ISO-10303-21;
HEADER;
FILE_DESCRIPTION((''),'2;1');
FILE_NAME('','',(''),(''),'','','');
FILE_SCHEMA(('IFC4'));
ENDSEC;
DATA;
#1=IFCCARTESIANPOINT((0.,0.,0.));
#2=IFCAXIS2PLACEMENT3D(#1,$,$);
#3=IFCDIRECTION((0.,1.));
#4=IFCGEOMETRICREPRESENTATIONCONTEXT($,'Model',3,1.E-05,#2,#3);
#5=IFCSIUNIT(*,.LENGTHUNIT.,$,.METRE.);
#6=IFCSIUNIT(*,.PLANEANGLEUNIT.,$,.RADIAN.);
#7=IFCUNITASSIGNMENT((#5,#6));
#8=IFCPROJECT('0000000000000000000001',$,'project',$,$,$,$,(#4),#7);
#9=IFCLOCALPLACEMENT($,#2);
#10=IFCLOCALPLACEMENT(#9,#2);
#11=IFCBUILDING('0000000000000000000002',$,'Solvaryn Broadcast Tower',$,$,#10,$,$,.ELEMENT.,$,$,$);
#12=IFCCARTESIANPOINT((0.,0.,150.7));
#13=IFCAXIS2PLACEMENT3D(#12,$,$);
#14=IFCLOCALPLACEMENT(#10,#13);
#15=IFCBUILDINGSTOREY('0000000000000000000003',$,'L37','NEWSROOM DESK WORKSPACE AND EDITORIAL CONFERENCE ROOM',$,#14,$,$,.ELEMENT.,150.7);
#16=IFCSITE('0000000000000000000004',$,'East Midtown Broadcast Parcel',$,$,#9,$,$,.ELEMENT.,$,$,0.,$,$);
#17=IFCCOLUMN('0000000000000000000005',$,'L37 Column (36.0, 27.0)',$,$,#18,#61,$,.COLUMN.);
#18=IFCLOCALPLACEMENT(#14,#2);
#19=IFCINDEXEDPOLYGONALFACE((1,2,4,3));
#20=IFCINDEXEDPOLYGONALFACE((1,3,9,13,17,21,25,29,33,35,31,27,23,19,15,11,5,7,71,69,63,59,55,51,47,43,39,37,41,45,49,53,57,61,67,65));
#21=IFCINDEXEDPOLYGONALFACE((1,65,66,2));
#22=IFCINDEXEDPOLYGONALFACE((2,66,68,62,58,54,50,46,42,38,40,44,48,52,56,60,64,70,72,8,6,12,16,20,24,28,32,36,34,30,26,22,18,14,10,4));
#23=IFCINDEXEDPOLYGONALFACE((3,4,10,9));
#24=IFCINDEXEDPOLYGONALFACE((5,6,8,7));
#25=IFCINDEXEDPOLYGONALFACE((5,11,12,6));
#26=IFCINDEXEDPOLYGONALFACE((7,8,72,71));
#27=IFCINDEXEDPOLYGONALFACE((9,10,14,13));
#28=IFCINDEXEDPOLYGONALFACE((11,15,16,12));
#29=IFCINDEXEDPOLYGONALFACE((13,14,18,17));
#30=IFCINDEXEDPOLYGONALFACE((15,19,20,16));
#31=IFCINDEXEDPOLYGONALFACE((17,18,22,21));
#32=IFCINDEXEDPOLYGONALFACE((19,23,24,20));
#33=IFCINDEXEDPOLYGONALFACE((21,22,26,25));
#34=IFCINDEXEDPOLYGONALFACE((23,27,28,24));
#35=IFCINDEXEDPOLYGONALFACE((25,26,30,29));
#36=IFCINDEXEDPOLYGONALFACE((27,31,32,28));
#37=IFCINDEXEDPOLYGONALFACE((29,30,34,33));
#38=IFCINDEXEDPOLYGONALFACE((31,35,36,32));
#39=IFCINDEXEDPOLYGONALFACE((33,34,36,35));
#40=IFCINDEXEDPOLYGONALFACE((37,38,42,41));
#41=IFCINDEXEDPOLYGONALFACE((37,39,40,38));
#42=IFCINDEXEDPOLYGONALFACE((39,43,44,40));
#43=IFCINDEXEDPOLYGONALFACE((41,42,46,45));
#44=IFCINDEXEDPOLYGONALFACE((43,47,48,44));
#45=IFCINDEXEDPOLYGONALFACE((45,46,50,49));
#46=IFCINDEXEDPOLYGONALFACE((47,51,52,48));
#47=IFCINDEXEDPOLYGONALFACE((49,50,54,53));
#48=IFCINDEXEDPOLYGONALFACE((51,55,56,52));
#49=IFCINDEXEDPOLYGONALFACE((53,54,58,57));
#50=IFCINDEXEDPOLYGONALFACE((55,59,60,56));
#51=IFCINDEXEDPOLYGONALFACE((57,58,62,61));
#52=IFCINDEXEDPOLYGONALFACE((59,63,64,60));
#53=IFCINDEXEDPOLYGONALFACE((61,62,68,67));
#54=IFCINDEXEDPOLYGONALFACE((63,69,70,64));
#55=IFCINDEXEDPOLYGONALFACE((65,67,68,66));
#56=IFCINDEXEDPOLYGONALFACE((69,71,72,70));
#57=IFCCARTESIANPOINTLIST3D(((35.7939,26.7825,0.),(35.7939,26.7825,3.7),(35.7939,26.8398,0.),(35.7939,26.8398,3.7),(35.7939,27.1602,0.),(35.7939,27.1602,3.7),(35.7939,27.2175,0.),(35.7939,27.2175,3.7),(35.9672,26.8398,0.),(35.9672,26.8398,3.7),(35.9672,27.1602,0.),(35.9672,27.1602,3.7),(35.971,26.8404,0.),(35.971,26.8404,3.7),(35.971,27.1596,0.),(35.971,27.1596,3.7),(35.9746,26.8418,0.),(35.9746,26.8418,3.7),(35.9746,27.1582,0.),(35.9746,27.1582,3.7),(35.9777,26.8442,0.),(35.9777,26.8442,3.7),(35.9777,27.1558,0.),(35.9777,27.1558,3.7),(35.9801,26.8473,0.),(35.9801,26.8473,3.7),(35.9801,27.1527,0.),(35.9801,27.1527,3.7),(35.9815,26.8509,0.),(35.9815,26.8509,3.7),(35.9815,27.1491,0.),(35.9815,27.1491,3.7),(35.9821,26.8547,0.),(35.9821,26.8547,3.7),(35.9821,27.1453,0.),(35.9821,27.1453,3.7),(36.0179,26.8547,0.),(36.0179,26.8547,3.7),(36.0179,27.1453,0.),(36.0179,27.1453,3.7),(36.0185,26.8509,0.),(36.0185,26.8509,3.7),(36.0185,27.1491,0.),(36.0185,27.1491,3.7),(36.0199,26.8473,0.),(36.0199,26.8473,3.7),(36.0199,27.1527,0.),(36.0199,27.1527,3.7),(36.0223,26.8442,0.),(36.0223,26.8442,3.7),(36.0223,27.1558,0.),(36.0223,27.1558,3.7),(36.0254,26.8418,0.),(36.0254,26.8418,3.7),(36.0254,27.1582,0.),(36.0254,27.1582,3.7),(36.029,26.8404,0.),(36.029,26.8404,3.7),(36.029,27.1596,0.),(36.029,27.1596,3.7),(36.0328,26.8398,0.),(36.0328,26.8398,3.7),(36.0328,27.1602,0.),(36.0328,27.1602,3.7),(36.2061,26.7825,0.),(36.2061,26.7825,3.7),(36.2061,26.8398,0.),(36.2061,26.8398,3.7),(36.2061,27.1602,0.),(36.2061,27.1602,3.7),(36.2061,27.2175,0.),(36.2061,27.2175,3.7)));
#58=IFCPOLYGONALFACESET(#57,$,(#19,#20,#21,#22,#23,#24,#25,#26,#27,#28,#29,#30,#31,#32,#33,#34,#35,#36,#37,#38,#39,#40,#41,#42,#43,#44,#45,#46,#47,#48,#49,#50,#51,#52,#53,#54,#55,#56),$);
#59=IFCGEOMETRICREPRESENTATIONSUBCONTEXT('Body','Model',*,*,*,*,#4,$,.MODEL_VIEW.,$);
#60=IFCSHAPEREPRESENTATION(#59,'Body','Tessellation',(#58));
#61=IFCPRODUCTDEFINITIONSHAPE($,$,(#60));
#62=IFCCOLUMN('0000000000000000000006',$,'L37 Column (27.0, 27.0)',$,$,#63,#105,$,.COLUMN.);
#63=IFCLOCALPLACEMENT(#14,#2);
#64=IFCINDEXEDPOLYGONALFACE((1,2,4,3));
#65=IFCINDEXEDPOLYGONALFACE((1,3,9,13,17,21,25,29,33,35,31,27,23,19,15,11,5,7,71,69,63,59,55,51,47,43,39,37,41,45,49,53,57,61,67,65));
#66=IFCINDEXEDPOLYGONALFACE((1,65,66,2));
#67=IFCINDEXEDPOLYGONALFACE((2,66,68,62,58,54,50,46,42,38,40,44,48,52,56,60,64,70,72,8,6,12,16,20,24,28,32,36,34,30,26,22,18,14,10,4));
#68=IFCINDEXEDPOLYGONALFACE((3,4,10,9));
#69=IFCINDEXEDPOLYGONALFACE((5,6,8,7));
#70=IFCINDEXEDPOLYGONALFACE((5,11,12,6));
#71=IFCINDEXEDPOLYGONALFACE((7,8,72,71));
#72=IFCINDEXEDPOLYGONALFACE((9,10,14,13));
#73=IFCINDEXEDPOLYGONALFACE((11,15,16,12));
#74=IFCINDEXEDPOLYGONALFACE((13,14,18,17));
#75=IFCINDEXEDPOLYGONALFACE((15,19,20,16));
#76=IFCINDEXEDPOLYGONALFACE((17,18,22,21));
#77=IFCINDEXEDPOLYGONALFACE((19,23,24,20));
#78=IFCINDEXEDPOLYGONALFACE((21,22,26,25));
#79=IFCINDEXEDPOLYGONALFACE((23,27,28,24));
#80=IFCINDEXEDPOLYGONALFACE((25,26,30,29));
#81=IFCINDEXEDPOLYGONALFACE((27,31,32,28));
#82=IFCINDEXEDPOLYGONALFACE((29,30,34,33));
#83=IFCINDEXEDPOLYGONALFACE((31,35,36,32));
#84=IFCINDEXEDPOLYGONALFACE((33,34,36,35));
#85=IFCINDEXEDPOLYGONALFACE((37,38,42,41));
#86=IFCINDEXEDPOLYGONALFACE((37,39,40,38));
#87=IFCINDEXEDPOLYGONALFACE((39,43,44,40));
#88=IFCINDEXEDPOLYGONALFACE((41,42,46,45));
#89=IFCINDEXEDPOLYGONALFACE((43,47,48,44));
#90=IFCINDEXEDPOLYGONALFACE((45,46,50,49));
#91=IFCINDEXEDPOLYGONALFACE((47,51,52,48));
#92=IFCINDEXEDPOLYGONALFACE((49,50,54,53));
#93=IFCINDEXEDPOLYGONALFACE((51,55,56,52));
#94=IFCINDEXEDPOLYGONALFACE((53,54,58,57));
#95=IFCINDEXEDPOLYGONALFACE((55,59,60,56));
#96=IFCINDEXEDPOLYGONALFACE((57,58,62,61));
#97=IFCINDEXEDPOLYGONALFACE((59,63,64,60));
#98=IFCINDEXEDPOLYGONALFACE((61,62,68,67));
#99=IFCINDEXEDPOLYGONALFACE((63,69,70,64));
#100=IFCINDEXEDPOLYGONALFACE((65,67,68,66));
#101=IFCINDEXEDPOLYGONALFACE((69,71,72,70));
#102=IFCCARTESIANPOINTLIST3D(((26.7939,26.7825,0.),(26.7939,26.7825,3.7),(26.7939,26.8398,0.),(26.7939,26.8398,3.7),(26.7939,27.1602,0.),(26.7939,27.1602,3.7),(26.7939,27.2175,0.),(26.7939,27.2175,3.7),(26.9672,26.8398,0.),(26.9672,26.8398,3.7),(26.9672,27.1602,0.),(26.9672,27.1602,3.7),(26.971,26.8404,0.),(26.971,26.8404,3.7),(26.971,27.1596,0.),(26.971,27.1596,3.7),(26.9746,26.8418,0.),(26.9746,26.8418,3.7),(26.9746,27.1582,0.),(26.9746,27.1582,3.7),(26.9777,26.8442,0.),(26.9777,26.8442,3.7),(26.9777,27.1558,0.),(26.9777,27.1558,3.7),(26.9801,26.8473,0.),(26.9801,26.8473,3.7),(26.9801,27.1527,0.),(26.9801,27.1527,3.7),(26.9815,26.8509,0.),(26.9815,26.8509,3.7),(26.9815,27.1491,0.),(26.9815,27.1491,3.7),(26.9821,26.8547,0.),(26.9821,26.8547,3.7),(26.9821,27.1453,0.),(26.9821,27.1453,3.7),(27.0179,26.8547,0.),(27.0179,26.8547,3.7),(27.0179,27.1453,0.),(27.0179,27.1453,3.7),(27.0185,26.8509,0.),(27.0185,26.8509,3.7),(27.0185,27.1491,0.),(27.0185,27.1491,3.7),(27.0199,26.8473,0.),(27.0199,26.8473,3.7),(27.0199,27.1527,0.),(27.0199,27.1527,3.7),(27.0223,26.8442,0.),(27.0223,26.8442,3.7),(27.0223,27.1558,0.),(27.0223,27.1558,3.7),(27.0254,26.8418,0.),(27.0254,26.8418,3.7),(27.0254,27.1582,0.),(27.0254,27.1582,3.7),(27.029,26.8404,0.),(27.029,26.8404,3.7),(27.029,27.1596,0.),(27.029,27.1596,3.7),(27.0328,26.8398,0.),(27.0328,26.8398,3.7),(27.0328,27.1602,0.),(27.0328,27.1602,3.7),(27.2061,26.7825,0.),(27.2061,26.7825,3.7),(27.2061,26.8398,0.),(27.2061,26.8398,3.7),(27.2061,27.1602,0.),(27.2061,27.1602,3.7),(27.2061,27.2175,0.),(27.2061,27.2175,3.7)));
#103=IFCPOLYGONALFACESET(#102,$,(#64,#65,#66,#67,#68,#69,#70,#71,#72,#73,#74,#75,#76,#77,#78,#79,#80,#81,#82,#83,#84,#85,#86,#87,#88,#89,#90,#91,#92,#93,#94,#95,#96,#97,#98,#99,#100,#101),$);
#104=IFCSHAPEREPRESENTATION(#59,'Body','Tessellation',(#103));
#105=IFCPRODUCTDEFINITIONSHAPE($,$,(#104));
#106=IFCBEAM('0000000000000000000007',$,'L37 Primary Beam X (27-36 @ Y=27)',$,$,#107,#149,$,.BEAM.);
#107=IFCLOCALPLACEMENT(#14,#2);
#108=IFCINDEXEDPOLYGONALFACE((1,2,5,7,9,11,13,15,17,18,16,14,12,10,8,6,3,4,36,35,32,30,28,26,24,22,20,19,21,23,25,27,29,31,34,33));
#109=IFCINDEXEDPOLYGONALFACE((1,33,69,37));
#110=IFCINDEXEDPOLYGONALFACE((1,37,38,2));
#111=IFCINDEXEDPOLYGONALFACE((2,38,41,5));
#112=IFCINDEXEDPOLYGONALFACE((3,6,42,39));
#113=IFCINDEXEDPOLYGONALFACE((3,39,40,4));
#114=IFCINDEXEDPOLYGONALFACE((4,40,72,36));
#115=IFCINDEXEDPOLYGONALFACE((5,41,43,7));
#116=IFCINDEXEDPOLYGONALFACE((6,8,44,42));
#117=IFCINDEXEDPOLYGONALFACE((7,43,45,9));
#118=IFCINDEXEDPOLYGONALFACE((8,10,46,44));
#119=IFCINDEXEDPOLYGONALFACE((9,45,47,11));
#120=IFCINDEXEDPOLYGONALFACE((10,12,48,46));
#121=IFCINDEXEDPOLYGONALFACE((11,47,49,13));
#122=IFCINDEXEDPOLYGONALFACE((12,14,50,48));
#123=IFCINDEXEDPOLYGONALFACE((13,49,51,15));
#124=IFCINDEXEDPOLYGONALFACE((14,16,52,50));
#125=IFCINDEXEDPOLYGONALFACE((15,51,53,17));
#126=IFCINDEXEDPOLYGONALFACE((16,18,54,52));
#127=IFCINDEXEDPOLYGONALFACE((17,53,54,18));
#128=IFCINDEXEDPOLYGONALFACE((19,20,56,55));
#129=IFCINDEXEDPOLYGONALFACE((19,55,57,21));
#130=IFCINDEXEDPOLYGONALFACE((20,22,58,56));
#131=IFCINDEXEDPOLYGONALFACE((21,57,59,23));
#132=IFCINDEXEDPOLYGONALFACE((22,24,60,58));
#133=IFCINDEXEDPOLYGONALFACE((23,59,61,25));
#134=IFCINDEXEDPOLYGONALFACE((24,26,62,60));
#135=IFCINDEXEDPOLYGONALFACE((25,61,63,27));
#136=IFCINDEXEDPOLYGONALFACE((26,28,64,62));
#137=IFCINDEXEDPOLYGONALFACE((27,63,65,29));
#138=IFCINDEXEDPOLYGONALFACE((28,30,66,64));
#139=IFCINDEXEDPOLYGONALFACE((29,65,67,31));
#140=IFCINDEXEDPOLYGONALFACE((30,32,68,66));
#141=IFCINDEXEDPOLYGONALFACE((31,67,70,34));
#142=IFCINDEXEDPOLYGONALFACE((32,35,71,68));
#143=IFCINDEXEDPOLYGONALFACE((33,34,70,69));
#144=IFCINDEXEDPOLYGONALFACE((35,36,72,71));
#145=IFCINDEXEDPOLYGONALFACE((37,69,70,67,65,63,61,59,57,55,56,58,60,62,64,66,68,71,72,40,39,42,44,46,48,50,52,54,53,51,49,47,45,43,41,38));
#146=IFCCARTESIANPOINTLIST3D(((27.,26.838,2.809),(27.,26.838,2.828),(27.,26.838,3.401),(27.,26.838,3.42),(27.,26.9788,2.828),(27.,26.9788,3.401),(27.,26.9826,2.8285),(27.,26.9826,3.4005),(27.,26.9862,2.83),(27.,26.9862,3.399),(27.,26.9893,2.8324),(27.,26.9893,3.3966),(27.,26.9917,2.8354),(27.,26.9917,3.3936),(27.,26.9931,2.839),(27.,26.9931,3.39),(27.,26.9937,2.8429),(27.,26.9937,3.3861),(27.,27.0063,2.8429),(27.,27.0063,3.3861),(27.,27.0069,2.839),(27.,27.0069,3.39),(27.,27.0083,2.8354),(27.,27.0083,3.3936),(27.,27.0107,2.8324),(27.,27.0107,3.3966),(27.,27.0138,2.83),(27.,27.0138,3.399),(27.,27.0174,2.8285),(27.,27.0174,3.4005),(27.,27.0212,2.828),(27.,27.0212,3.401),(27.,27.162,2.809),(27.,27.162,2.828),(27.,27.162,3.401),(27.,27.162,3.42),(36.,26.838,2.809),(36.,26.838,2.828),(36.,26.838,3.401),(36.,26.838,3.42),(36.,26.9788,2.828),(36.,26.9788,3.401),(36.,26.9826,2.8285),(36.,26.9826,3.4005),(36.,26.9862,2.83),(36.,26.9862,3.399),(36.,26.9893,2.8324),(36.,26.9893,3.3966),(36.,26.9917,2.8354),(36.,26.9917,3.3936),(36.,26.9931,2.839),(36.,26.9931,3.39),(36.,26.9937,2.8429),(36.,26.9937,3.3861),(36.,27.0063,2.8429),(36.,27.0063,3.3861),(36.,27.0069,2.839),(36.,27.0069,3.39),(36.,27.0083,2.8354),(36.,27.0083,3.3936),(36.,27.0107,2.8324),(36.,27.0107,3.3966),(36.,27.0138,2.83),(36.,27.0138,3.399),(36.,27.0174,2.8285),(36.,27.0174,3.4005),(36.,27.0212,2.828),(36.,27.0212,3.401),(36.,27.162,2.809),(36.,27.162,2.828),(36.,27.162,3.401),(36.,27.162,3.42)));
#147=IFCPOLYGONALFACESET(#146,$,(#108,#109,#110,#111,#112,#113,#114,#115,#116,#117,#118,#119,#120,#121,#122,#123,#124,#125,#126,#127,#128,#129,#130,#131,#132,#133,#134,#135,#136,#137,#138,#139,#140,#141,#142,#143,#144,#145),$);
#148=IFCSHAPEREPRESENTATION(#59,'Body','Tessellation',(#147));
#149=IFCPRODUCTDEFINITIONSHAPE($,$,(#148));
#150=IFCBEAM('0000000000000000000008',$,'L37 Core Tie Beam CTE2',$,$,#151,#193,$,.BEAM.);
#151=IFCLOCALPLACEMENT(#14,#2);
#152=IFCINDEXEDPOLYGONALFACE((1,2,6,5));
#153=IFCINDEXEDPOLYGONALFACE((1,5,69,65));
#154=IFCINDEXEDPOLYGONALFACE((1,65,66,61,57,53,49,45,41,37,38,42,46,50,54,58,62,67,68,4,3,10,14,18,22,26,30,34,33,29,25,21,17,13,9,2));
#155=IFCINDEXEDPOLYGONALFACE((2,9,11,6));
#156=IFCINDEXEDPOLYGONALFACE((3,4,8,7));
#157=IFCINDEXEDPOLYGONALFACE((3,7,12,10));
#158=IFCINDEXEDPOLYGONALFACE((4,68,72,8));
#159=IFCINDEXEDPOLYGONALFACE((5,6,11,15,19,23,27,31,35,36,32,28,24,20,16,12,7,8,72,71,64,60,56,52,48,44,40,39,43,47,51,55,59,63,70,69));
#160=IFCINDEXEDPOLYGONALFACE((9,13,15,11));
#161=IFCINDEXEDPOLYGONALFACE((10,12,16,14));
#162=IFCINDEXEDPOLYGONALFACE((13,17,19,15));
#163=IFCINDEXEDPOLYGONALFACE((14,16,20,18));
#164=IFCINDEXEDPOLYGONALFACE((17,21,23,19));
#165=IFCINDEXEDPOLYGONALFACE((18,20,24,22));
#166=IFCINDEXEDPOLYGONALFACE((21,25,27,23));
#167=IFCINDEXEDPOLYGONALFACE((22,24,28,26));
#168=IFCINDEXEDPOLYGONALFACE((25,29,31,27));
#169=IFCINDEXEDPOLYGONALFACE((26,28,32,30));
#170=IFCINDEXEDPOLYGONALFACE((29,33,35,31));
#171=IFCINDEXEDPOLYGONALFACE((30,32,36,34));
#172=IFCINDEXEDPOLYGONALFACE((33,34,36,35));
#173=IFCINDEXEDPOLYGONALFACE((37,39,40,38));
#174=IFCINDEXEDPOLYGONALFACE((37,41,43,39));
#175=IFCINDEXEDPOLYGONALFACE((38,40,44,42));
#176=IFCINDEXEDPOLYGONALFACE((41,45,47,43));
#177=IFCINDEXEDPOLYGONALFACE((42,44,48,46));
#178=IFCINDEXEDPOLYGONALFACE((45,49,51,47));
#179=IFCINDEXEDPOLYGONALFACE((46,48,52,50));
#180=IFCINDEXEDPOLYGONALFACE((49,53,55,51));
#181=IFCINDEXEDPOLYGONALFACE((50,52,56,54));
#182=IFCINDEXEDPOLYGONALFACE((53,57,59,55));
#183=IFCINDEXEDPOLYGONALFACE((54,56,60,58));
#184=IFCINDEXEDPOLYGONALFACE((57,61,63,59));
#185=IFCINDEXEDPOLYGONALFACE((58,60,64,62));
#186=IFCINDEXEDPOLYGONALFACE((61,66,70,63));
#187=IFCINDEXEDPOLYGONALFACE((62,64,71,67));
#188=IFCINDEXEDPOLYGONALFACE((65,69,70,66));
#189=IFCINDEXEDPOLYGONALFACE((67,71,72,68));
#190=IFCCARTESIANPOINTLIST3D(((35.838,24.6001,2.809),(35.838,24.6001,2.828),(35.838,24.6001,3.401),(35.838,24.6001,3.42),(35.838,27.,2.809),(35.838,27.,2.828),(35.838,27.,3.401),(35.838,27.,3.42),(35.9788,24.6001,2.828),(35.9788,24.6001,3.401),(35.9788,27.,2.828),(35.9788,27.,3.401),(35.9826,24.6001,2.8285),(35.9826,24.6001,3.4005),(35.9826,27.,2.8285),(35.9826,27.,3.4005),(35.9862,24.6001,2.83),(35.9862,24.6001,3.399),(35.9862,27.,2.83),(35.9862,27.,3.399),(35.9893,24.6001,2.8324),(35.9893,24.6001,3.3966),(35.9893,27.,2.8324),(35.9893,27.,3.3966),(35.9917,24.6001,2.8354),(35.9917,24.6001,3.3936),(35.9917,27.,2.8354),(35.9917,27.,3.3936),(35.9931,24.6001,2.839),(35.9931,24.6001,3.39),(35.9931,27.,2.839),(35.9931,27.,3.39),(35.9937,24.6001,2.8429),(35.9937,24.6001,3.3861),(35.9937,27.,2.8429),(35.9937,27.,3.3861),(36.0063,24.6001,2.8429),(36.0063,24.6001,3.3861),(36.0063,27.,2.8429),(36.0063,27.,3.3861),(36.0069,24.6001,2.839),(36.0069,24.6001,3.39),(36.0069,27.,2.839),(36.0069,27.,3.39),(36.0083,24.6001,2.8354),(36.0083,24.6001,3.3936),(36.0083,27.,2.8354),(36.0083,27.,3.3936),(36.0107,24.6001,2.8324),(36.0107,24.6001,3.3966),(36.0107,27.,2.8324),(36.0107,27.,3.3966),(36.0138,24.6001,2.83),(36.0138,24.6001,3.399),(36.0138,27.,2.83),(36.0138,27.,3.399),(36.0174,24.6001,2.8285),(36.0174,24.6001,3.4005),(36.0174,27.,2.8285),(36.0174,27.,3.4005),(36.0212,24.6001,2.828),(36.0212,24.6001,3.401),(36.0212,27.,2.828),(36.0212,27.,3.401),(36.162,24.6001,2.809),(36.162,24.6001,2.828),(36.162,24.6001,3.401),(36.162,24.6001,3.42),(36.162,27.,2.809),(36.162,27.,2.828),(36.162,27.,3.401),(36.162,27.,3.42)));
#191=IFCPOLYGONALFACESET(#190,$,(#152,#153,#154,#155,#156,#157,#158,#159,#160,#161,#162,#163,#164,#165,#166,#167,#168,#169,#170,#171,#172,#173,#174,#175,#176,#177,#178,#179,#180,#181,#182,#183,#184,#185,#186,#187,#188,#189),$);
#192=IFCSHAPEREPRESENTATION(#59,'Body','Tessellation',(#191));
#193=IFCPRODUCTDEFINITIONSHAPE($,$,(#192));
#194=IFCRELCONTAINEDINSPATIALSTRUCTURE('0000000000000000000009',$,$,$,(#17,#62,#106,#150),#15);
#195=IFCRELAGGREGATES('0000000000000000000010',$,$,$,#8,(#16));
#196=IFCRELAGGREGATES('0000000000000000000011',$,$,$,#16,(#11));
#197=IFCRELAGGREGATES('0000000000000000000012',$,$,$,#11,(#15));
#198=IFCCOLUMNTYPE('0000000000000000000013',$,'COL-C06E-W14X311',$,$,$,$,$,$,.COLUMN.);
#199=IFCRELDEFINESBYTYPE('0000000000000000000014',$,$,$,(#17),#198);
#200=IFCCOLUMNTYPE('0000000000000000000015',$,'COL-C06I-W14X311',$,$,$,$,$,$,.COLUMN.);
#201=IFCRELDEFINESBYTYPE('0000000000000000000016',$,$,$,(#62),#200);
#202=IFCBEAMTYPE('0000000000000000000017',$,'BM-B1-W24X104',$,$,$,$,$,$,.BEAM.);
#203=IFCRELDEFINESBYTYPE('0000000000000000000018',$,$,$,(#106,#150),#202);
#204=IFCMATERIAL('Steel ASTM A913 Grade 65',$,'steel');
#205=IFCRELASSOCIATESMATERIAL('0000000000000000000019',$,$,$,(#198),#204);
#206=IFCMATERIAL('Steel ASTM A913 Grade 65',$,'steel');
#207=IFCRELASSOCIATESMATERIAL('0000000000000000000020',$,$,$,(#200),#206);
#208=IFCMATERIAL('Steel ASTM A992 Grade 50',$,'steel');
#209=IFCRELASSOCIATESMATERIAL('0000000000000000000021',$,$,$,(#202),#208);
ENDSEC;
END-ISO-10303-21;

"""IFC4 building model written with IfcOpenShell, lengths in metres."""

from ifc_helpers import new_model, si_unit, direction, frame, origin, origin_2d, place, context, subcontext, project, spatial, i_section, extrude, material, material_profile, profile_set, type_object, element, save


model = new_model("IFC4")

# Units and contexts
model_context = context("Model", 3, precision=1e-05, world=origin(), true_north=direction((0.0, 1.0)))
body_context = subcontext(model_context, "Body", "Model", "MODEL_VIEW")
ifc_project = project(units=[si_unit("LENGTHUNIT", "METRE"), si_unit("PLANEANGLEUNIT", "RADIAN")], contexts=[model_context])

# Site, building, storey
site_placement = place(None, origin())
site = spatial("IfcSite", under=ifc_project, at=site_placement, Name="East Midtown Broadcast Parcel", CompositionType="ELEMENT", RefElevation=0.0)
building_placement = place(site_placement, origin())
building = spatial("IfcBuilding", under=site, at=building_placement, Name="Solvaryn Broadcast Tower", CompositionType="ELEMENT")
storey_placement = place(building_placement, frame((0.0, 0.0, 150.7)))
storey = spatial("IfcBuildingStorey", under=building, at=storey_placement, Name="L37", Description="NEWSROOM DESK WORKSPACE AND EDITORIAL CONFERENCE ROOM", CompositionType="ELEMENT", Elevation=150.7)

# Columns
ifc_material_1 = material(Name="Steel ASTM A913 Grade 65", Category="steel")
ifc_material_profile_1 = material_profile(ifc_material_1, i_section(OverallWidth=0.4121, OverallDepth=0.4351, WebThickness=0.0359, FlangeThickness=0.0574, FilletRadius=0.0149, at=origin_2d()))
ifc_profile_set_1 = profile_set([ifc_material_profile_1], Name="Steel ASTM A913 Grade 65")
column_type_1 = type_object("IfcColumnType", Name="COL-C06E-W14X311", PredefinedType="COLUMN", material=ifc_profile_set_1)
column_1_placement = place(storey_placement, frame((36.0, 27.0, 0.0), z_axis=(0.0, 0.0, 1.0), x_axis=(1.0, 0.0, 0.0)))
element("IfcColumn", 1, at=column_1_placement, inside=storey, type_object=column_type_1, Name="L37 Column (36.0, 27.0)", PredefinedType="COLUMN", context=body_context, shape_type="SweptSolid", body=[
    extrude(i_section(OverallWidth=0.4121, OverallDepth=0.4351, WebThickness=0.0359, FlangeThickness=0.0574, FilletRadius=0.0149, at=origin_2d()), origin(), (0.0, 0.0, 1.0), 3.7),
])
ifc_material_2 = material(Name="Steel ASTM A913 Grade 65", Category="steel")
ifc_material_profile_2 = material_profile(ifc_material_2, i_section(OverallWidth=0.4121, OverallDepth=0.4351, WebThickness=0.0359, FlangeThickness=0.0574, FilletRadius=0.0149, at=origin_2d()))
ifc_profile_set_2 = profile_set([ifc_material_profile_2], Name="Steel ASTM A913 Grade 65")
column_type_2 = type_object("IfcColumnType", Name="COL-C06I-W14X311", PredefinedType="COLUMN", material=ifc_profile_set_2)
column_2_placement = place(storey_placement, frame((27.0, 27.0, 0.0), z_axis=(0.0, 0.0, 1.0), x_axis=(1.0, 0.0, 0.0)))
element("IfcColumn", 2, at=column_2_placement, inside=storey, type_object=column_type_2, Name="L37 Column (27.0, 27.0)", PredefinedType="COLUMN", context=body_context, shape_type="SweptSolid", body=[
    extrude(i_section(OverallWidth=0.4121, OverallDepth=0.4351, WebThickness=0.0359, FlangeThickness=0.0574, FilletRadius=0.0149, at=origin_2d()), origin(), (0.0, 0.0, 1.0), 3.7),
])

# Beams
ifc_material_3 = material(Name="Steel ASTM A992 Grade 50", Category="steel")
ifc_material_profile_3 = material_profile(ifc_material_3, i_section(OverallWidth=0.324, OverallDepth=0.6111, WebThickness=0.0127, FlangeThickness=0.019, FilletRadius=0.0149, at=origin_2d()))
ifc_profile_set_3 = profile_set([ifc_material_profile_3], Name="Steel ASTM A992 Grade 50")
beam_type_1 = type_object("IfcBeamType", Name="BM-B1-W24X104", PredefinedType="BEAM", material=ifc_profile_set_3)
beam_1_placement = place(storey_placement, frame((27.0, 27.0, 3.1145), z_axis=(1.0, 0.0, 0.0), x_axis=(0.0, 1.0, 0.0)))
element("IfcBeam", 3, at=beam_1_placement, inside=storey, type_object=beam_type_1, Name="L37 Primary Beam X (27-36 @ Y=27)", PredefinedType="BEAM", context=body_context, shape_type="SweptSolid", body=[
    extrude(i_section(OverallWidth=0.324, OverallDepth=0.6111, WebThickness=0.0127, FlangeThickness=0.019, FilletRadius=0.0149, at=origin_2d()), origin(), (0.0, 0.0, 1.0), 9.0),
])
beam_2_placement = place(storey_placement, frame((36.0, 24.6001, 3.1145), z_axis=(0.0, 1.0, 0.0), x_axis=(-1.0, 0.0, 0.0)))
element("IfcBeam", 4, at=beam_2_placement, inside=storey, type_object=beam_type_1, Name="L37 Core Tie Beam CTE2", PredefinedType="BEAM", context=body_context, shape_type="SweptSolid", body=[
    extrude(i_section(OverallWidth=0.324, OverallDepth=0.6111, WebThickness=0.0127, FlangeThickness=0.019, FilletRadius=0.0149, at=origin_2d()), origin(), (0.0, 0.0, 1.0), 2.3999),
])

save(model, "model.ifc")
